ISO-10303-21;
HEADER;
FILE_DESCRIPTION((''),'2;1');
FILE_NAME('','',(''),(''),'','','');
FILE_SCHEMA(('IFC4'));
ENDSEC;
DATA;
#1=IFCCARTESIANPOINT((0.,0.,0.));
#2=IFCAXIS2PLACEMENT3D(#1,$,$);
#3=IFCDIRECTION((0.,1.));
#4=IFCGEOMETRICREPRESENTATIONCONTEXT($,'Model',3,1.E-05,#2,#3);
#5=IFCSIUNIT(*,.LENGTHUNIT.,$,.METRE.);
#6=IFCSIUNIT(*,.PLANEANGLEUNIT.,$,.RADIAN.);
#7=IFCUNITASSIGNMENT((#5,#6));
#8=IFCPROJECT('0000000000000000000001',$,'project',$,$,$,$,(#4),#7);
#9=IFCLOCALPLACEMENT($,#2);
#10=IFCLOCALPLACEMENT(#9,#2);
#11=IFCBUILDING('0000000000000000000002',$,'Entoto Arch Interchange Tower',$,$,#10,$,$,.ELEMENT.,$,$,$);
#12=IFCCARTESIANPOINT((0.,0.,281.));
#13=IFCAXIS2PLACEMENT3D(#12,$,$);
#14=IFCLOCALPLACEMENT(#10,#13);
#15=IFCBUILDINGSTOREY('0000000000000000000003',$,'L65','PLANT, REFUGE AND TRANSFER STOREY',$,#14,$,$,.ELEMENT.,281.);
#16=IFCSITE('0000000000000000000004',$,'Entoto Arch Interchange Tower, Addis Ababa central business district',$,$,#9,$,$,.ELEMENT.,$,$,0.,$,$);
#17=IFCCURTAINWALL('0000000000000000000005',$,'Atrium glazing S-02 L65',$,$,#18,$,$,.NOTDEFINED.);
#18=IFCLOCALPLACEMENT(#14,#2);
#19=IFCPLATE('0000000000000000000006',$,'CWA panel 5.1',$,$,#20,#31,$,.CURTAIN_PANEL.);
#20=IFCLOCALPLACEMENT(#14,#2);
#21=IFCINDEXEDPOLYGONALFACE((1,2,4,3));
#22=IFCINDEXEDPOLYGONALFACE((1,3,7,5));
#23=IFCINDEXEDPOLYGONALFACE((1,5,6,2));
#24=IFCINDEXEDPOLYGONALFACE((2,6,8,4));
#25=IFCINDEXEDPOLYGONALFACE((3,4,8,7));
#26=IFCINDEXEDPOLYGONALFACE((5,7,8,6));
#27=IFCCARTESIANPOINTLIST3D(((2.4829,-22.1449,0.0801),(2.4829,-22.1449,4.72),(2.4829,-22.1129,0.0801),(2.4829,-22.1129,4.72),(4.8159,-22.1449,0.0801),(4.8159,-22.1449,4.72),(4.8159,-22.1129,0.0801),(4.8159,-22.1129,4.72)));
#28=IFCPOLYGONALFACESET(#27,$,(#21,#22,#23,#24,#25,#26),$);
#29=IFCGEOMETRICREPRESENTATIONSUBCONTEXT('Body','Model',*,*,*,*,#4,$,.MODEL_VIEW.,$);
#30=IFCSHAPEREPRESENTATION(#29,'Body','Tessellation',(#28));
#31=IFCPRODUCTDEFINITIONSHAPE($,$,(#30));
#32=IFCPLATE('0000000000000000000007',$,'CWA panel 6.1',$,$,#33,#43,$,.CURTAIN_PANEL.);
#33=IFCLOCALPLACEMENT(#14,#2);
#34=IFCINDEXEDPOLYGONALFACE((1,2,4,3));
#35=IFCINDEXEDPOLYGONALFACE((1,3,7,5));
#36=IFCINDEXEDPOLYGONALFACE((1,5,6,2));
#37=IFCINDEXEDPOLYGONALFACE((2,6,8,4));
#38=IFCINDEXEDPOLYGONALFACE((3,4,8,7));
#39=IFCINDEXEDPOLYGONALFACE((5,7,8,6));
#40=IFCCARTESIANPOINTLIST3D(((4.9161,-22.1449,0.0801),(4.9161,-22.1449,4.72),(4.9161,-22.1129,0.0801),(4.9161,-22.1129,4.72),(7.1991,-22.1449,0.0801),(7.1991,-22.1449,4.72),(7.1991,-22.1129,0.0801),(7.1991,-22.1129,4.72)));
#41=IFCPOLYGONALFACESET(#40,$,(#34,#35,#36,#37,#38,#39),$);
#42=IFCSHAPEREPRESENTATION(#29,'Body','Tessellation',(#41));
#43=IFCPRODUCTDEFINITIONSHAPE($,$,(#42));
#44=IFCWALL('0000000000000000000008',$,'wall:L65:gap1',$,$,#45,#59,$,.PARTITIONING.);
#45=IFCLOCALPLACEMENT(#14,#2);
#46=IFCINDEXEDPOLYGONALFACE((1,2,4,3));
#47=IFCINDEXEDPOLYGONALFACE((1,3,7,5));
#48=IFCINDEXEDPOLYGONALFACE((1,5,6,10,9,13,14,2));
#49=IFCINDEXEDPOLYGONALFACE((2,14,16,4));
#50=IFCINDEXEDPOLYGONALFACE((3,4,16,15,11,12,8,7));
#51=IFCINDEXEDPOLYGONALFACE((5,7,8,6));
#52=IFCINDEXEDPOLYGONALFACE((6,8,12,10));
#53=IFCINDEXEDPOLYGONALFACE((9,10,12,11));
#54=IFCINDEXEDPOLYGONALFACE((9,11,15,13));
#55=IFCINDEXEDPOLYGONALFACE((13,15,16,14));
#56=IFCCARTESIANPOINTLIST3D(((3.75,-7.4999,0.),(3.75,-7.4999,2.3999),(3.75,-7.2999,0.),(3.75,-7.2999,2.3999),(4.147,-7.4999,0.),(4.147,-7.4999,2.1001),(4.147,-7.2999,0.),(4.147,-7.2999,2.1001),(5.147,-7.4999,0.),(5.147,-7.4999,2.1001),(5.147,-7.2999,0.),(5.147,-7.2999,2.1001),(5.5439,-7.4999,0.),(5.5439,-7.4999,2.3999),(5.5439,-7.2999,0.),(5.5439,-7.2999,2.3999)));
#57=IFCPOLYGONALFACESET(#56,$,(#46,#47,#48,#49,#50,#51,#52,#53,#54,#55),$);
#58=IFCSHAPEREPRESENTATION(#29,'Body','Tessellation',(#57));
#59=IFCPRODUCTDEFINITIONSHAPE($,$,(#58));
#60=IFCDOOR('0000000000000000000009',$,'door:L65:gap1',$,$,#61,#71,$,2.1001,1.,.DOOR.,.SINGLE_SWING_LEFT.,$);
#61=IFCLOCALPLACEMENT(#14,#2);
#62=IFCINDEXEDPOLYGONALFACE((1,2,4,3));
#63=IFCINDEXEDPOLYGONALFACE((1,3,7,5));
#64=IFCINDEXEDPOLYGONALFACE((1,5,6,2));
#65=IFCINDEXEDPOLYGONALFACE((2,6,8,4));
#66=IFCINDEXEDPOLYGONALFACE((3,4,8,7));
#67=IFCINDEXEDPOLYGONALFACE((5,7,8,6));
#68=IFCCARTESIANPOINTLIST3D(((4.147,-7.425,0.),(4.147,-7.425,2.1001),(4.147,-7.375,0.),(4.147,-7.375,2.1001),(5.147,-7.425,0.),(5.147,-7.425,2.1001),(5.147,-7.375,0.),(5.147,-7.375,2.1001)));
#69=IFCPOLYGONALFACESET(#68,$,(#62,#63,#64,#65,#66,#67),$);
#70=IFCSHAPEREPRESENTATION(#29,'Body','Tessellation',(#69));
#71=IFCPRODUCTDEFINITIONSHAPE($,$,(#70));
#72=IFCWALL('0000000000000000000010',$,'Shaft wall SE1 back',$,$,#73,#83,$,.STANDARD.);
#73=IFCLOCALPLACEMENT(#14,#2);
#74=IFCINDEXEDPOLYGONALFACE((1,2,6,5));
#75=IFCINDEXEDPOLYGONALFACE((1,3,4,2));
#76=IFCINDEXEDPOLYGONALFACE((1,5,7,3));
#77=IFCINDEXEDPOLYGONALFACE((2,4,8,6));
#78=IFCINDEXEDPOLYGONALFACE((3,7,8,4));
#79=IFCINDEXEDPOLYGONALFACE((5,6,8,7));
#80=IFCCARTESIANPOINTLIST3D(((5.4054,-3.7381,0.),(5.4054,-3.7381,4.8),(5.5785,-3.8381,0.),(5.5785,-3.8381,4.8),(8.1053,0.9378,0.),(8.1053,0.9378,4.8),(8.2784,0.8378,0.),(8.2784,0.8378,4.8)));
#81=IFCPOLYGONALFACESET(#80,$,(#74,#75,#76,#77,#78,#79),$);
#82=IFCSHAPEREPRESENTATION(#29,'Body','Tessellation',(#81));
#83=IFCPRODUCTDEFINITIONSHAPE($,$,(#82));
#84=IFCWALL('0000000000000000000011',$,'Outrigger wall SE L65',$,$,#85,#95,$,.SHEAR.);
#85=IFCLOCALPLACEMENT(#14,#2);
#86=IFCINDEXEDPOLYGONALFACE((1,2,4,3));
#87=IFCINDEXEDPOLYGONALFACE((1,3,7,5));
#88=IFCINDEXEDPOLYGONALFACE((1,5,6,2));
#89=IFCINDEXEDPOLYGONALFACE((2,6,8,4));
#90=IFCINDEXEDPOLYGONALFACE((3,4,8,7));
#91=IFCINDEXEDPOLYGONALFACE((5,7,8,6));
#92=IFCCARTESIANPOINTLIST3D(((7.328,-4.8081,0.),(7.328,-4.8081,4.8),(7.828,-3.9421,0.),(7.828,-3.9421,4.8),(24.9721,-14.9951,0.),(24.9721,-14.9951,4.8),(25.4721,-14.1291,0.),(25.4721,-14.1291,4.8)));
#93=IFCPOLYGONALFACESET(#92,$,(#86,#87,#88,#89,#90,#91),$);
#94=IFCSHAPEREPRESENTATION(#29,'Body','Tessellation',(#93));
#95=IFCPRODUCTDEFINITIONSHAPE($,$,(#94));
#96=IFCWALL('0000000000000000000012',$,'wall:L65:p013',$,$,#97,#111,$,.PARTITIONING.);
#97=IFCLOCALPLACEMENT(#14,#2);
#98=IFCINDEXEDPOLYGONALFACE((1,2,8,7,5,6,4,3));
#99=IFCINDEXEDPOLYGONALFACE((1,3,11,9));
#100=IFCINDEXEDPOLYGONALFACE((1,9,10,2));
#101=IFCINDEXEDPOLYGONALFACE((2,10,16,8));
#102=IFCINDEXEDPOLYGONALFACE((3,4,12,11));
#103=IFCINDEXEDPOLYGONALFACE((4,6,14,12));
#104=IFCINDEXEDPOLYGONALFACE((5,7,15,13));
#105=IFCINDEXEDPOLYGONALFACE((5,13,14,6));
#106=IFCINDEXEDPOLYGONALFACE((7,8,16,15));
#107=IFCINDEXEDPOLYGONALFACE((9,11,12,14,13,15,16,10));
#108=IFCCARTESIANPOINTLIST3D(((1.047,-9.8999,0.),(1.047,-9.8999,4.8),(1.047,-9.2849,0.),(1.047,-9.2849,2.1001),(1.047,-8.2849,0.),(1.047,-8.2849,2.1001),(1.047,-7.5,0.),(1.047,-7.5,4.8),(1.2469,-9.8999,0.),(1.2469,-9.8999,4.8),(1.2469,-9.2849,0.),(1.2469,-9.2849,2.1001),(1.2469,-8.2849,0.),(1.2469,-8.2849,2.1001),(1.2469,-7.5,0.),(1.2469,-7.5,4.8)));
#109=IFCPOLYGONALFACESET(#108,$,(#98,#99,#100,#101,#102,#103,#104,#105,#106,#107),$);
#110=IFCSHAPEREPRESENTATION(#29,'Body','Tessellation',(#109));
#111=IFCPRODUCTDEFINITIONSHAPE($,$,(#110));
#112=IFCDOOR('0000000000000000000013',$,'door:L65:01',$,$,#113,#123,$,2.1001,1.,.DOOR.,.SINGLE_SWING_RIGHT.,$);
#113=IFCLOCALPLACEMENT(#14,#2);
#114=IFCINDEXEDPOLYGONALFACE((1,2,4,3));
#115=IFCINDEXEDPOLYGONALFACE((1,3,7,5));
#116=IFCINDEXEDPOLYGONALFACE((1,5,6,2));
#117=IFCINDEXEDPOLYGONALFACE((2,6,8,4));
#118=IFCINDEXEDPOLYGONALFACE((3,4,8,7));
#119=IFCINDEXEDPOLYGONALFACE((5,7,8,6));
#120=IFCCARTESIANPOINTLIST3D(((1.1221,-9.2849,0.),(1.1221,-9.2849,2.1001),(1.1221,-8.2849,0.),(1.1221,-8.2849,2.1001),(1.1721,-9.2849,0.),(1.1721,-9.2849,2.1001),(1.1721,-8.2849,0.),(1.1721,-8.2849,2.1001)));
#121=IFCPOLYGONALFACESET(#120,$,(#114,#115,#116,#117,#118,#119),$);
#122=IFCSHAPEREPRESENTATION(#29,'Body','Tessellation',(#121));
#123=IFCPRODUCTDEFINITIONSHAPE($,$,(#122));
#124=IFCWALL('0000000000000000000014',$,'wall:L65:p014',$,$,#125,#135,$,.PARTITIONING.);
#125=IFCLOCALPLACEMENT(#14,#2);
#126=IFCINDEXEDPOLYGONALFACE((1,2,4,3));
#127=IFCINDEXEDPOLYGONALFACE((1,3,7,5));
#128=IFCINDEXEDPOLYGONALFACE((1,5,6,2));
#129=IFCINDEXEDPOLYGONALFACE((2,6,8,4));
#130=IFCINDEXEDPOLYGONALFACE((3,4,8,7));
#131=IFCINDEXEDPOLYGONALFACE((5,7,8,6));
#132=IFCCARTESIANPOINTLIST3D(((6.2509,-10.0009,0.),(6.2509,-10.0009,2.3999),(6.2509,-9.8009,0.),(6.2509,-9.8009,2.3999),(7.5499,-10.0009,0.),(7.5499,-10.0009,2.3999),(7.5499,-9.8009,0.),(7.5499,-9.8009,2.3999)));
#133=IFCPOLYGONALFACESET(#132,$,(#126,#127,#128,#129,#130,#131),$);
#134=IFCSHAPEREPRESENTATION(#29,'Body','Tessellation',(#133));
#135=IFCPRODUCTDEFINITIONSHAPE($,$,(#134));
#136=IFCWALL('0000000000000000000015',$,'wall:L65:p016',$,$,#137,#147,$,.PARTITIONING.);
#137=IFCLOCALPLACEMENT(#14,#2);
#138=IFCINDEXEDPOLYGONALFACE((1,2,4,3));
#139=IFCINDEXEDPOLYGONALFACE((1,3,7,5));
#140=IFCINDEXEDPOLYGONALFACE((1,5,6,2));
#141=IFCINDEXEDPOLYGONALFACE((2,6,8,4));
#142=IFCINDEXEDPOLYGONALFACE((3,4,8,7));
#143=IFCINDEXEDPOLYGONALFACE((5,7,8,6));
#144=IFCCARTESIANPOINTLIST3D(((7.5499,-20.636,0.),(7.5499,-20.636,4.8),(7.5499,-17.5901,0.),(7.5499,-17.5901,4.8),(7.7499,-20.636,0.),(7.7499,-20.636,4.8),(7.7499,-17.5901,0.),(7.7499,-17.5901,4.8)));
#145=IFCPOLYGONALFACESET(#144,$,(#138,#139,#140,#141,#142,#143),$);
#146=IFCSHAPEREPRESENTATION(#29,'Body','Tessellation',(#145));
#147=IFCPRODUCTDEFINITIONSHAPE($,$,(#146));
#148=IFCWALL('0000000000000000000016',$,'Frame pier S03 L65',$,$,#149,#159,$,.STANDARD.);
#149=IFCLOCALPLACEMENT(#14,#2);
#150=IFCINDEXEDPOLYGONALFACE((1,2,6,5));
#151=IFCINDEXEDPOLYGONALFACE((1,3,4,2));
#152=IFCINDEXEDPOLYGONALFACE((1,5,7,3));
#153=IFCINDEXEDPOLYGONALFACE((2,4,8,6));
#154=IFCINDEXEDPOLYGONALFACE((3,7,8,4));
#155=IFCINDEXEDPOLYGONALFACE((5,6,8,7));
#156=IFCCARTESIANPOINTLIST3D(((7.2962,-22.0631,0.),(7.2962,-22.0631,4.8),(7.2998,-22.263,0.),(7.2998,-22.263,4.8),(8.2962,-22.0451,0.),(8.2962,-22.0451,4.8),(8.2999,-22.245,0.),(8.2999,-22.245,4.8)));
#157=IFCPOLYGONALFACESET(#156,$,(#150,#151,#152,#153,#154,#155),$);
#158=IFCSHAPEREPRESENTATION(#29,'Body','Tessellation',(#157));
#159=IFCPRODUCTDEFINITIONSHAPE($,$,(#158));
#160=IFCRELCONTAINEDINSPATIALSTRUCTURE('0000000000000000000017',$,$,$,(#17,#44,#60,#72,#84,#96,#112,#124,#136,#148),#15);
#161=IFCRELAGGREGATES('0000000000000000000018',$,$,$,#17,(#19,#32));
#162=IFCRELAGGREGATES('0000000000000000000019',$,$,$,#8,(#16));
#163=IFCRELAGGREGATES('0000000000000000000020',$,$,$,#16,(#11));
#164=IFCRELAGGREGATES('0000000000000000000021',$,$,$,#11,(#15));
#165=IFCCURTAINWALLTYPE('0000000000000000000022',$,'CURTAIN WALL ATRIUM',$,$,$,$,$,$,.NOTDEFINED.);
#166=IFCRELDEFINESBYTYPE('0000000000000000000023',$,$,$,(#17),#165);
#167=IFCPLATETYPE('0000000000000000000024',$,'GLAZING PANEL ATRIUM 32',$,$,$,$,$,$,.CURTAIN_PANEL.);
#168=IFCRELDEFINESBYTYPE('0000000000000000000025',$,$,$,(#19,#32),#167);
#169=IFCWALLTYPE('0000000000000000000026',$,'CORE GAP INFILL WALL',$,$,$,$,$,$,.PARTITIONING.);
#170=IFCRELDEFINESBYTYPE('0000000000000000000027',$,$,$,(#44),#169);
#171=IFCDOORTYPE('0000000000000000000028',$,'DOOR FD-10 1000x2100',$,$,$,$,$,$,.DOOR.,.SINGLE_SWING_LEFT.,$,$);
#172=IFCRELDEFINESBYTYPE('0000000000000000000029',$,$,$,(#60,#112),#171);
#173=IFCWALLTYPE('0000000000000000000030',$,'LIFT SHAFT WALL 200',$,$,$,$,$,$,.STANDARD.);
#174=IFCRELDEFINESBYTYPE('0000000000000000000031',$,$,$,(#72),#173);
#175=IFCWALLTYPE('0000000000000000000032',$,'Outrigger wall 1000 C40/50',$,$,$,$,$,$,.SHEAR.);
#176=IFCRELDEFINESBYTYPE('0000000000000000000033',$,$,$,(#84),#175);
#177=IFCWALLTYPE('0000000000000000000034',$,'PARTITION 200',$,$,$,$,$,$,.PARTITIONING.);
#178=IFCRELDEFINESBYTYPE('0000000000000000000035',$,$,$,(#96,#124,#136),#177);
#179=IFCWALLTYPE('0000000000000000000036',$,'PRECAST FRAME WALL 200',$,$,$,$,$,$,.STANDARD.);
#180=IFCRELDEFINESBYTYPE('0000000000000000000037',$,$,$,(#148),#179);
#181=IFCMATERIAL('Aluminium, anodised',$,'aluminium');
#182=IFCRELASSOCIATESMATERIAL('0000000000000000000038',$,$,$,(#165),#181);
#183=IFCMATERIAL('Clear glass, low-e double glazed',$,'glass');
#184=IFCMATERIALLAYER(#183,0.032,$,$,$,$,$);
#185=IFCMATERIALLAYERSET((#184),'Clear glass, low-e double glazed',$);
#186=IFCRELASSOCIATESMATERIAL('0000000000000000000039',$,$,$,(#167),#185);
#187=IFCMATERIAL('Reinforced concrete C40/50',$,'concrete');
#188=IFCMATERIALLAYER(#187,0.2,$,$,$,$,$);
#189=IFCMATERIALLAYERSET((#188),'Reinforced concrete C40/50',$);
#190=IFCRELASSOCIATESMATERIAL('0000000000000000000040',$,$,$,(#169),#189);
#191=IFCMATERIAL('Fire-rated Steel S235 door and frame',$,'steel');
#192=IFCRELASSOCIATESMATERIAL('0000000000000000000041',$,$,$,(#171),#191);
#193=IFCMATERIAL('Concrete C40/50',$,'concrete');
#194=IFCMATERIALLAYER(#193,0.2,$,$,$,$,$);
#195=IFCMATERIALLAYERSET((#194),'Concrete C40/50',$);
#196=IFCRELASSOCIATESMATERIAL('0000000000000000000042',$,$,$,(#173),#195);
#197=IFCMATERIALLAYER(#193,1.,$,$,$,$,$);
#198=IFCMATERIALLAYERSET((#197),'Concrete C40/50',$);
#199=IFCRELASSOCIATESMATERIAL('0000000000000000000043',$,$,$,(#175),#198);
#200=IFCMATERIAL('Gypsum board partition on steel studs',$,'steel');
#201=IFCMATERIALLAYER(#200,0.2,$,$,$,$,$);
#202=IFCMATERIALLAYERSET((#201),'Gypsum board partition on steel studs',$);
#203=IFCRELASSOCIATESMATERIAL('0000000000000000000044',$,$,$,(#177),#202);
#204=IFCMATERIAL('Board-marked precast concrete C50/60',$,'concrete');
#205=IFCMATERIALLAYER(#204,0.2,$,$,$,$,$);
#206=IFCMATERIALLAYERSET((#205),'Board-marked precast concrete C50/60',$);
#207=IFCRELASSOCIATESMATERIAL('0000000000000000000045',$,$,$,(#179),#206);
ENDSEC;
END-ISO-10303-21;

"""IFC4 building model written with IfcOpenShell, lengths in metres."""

from ifc_helpers import new_model, si_unit, direction, frame, frame_2d, origin, origin_2d, place, context, subcontext, project, spatial, rectangle, extrude, material, layer, layer_set, type_object, element, fill, aggregate, save


model = new_model("IFC4")

# Units and contexts
model_context = context("Model", 3, precision=1e-05, world=origin(), true_north=direction((0.0, 1.0)))
body_context = subcontext(model_context, "Body", "Model", "MODEL_VIEW")
ifc_project = project(units=[si_unit("LENGTHUNIT", "METRE"), si_unit("PLANEANGLEUNIT", "RADIAN")], contexts=[model_context])

# Site, building, storey
site_placement = place(None, origin())
site = spatial("IfcSite", under=ifc_project, at=site_placement, Name="Entoto Arch Interchange Tower, Addis Ababa central business district", CompositionType="ELEMENT", RefElevation=0.0)
building_placement = place(site_placement, origin())
building = spatial("IfcBuilding", under=site, at=building_placement, Name="Entoto Arch Interchange Tower", CompositionType="ELEMENT")
storey_placement = place(building_placement, frame((0.0, 0.0, 281.0)))
storey = spatial("IfcBuildingStorey", under=building, at=storey_placement, Name="L65", Description="PLANT, REFUGE AND TRANSFER STOREY", CompositionType="ELEMENT", Elevation=281.0)

# Shared definitions
ifc_material_1 = material(Name="Concrete C40/50", Category="concrete")

# Curtain wall
ifc_material_2 = material(Name="Aluminium, anodised", Category="aluminium")
curtain_wall_type = type_object("IfcCurtainWallType", Name="CURTAIN WALL ATRIUM", PredefinedType="NOTDEFINED", material=ifc_material_2)
curtain_wall_placement = place(storey_placement, origin())
curtain_wall = element("IfcCurtainWall", 1, at=curtain_wall_placement, inside=storey, type_object=curtain_wall_type, Name="Atrium glazing S-02 L65", PredefinedType="NOTDEFINED")

# Plates
ifc_material_3 = material(Name="Clear glass, low-e double glazed", Category="glass")
ifc_layer_1 = layer(ifc_material_3, 0.032)
ifc_layer_set_1 = layer_set([ifc_layer_1], Name="Clear glass, low-e double glazed")
plate_type = type_object("IfcPlateType", Name="GLAZING PANEL ATRIUM 32", PredefinedType="CURTAIN_PANEL", material=ifc_layer_set_1)
plate_1_placement = place(storey_placement, frame((3.6494, -22.1289, 0.0801), z_axis=(0.0, 0.0, 1.0), x_axis=(1.0, 0.0, 0.0)))
plate_1 = element("IfcPlate", 2, at=plate_1_placement, type_object=plate_type, Name="CWA panel 5.1", PredefinedType="CURTAIN_PANEL", context=body_context, shape_type="SweptSolid", body=[
    extrude(rectangle(XDim=2.333, YDim=0.032, at=origin_2d()), origin(), (0.0, 0.0, 1.0), 4.6399),
])
plate_2_placement = place(storey_placement, frame((6.0576, -22.1289, 0.0801), z_axis=(0.0, 0.0, 1.0), x_axis=(1.0, 0.0, 0.0)))
plate_2 = element("IfcPlate", 3, at=plate_2_placement, type_object=plate_type, Name="CWA panel 6.1", PredefinedType="CURTAIN_PANEL", context=body_context, shape_type="SweptSolid", body=[
    extrude(rectangle(XDim=2.283, YDim=0.032, at=origin_2d()), origin(), (0.0, 0.0, 1.0), 4.6399),
])
aggregate(curtain_wall, [plate_1, plate_2])

# Wall, opening, door
ifc_material_4 = material(Name="Reinforced concrete C40/50", Category="concrete")
ifc_layer_2 = layer(ifc_material_4, 0.2)
ifc_layer_set_2 = layer_set([ifc_layer_2], Name="Reinforced concrete C40/50")
wall_type_1 = type_object("IfcWallType", Name="CORE GAP INFILL WALL", PredefinedType="PARTITIONING", material=ifc_layer_set_2)
wall_1_placement = place(storey_placement, frame((3.75, -7.3999, 0.0), z_axis=(0.0, 0.0, 1.0), x_axis=(1.0, 0.0, 0.0)))
wall_1 = element("IfcWall", 4, at=wall_1_placement, inside=storey, type_object=wall_type_1, Name="wall:L65:gap1", PredefinedType="PARTITIONING", context=body_context, shape_type="SweptSolid", body=[
    extrude(rectangle(XDim=1.7939, YDim=0.2, at=frame_2d((0.897, 0.0))), origin(), (0.0, 0.0, 1.0), 2.3999),
])
opening_1_placement = place(wall_1_placement, frame((0.397, 0.0, 0.0)))
opening_1 = element("IfcOpeningElement", 5, at=opening_1_placement, cuts=wall_1, PredefinedType="OPENING", context=body_context, shape_type="SweptSolid", body=[
    extrude(rectangle(XDim=1.0, YDim=2.1001, at=frame_2d((0.5, 1.05))), frame((0.0, 0.1099, 0.0), z_axis=(0.0, -1.0, 0.0), x_axis=(1.0, 0.0, 0.0)), (0.0, 0.0, 1.0), 0.22),
])
ifc_material_5 = material(Name="Fire-rated Steel S235 door and frame", Category="steel")
door_type = type_object("IfcDoorType", Name="DOOR FD-10 1000x2100", OperationType="SINGLE_SWING_LEFT", PredefinedType="DOOR", material=ifc_material_5)
door_1_placement = place(opening_1_placement, origin())
door_1 = element("IfcDoor", 6, at=door_1_placement, inside=storey, type_object=door_type, Name="door:L65:gap1", OperationType="SINGLE_SWING_LEFT", OverallHeight=2.1001, OverallWidth=1.0, PredefinedType="DOOR", context=body_context, shape_type="SweptSolid", body=[
    extrude(rectangle(XDim=1.0, YDim=2.1001, at=frame_2d((0.5, 1.05))), frame((0.0, 0.0249, 0.0), z_axis=(0.0, -1.0, 0.0), x_axis=(1.0, 0.0, 0.0)), (0.0, 0.0, 1.0), 0.05),
])
fill(opening_1, door_1)

# Walls
ifc_layer_3 = layer(ifc_material_1, 0.2)
ifc_layer_set_3 = layer_set([ifc_layer_3], Name="Concrete C40/50")
wall_type_2 = type_object("IfcWallType", Name="LIFT SHAFT WALL 200", PredefinedType="STANDARD", material=ifc_layer_set_3)
wall_2_placement = place(storey_placement, frame((5.4919, -3.7881, 0.0), z_axis=(0.0, 0.0, 1.0), x_axis=(0.500034, 0.866006, 0.0)))
element("IfcWall", 7, at=wall_2_placement, inside=storey, type_object=wall_type_2, Name="Shaft wall SE1 back", PredefinedType="STANDARD", context=body_context, shape_type="SweptSolid", body=[
    extrude(rectangle(XDim=5.3994, YDim=0.2, at=frame_2d((2.6997, 0.0))), origin(), (0.0, 0.0, 1.0), 4.8),
])
ifc_layer_4 = layer(ifc_material_1, 1.0)
ifc_layer_set_4 = layer_set([ifc_layer_4], Name="Concrete C40/50")
wall_type_3 = type_object("IfcWallType", Name="Outrigger wall 1000 C40/50", PredefinedType="SHEAR", material=ifc_layer_set_4)
wall_3_placement = place(storey_placement, frame((7.5779, -4.375, 0.0), z_axis=(0.0, 0.0, 1.0), x_axis=(0.866021, -0.500008, 0.0)))
element("IfcWall", 8, at=wall_3_placement, inside=storey, type_object=wall_type_3, Name="Outrigger wall SE L65", PredefinedType="SHEAR", context=body_context, shape_type="SweptSolid", body=[
    extrude(rectangle(XDim=20.3738, YDim=1.0, at=frame_2d((10.187, 0.0))), origin(), (0.0, 0.0, 1.0), 4.8),
])

# Wall, opening, door
ifc_material_6 = material(Name="Gypsum board partition on steel studs", Category="steel")
ifc_layer_5 = layer(ifc_material_6, 0.2)
ifc_layer_set_5 = layer_set([ifc_layer_5], Name="Gypsum board partition on steel studs")
wall_type_4 = type_object("IfcWallType", Name="PARTITION 200", PredefinedType="PARTITIONING", material=ifc_layer_set_5)
wall_4_placement = place(storey_placement, frame((1.147, -9.8999, 0.0), z_axis=(0.0, 0.0, 1.0), x_axis=(0.0, 1.0, 0.0)))
wall_4 = element("IfcWall", 9, at=wall_4_placement, inside=storey, type_object=wall_type_4, Name="wall:L65:p013", PredefinedType="PARTITIONING", context=body_context, shape_type="SweptSolid", body=[
    extrude(rectangle(XDim=2.3999, YDim=0.2, at=frame_2d((1.2, 0.0))), origin(), (0.0, 0.0, 1.0), 4.8),
])
opening_2_placement = place(wall_4_placement, frame((0.615, 0.0, 0.0)))
opening_2 = element("IfcOpeningElement", 10, at=opening_2_placement, cuts=wall_4, PredefinedType="OPENING", context=body_context, shape_type="SweptSolid", body=[
    extrude(rectangle(XDim=1.0, YDim=2.1001, at=frame_2d((0.5, 1.05))), frame((0.0, 0.1099, 0.0), z_axis=(0.0, -1.0, 0.0), x_axis=(1.0, 0.0, 0.0)), (0.0, 0.0, 1.0), 0.22),
])
door_2_placement = place(opening_2_placement, origin())
door_2 = element("IfcDoor", 11, at=door_2_placement, inside=storey, type_object=door_type, Name="door:L65:01", OperationType="SINGLE_SWING_RIGHT", OverallHeight=2.1001, OverallWidth=1.0, PredefinedType="DOOR", context=body_context, shape_type="SweptSolid", body=[
    extrude(rectangle(XDim=1.0, YDim=2.1001, at=frame_2d((0.5, 1.05))), frame((0.0, 0.0249, 0.0), z_axis=(0.0, -1.0, 0.0), x_axis=(1.0, 0.0, 0.0)), (0.0, 0.0, 1.0), 0.05),
])
fill(opening_2, door_2)

# Walls
wall_5_placement = place(storey_placement, frame((6.251, -9.9009, 0.0), z_axis=(0.0, 0.0, 1.0), x_axis=(1.0, 0.0, 0.0)))
element("IfcWall", 12, at=wall_5_placement, inside=storey, type_object=wall_type_4, Name="wall:L65:p014", PredefinedType="PARTITIONING", context=body_context, shape_type="SweptSolid", body=[
    extrude(rectangle(XDim=1.2991, YDim=0.2, at=frame_2d((0.6494, 0.0))), origin(), (0.0, 0.0, 1.0), 2.3999),
])
wall_6_placement = place(storey_placement, frame((7.6499, -17.5901, 0.0), z_axis=(0.0, 0.0, 1.0), x_axis=(0.0, -1.0, 0.0)))
element("IfcWall", 13, at=wall_6_placement, inside=storey, type_object=wall_type_4, Name="wall:L65:p016", PredefinedType="PARTITIONING", context=body_context, shape_type="SweptSolid", body=[
    extrude(rectangle(XDim=3.0459, YDim=0.2, at=frame_2d((1.5229, 0.0))), origin(), (0.0, 0.0, 1.0), 4.8),
])
ifc_material_7 = material(Name="Board-marked precast concrete C50/60", Category="concrete")
ifc_layer_6 = layer(ifc_material_7, 0.2)
ifc_layer_set_6 = layer_set([ifc_layer_6], Name="Board-marked precast concrete C50/60")
wall_type_5 = type_object("IfcWallType", Name="PRECAST FRAME WALL 200", PredefinedType="STANDARD", material=ifc_layer_set_6)
wall_7_placement = place(storey_placement, frame((7.2981, -22.1631, 0.0), z_axis=(0.0, 0.0, 1.0), x_axis=(0.999837, 0.018063, 0.0)))
element("IfcWall", 14, at=wall_7_placement, inside=storey, type_object=wall_type_5, Name="Frame pier S03 L65", PredefinedType="STANDARD", context=body_context, shape_type="SweptSolid", body=[
    extrude(rectangle(XDim=1.0002, YDim=0.2, at=frame_2d((0.5, 0.0))), origin(), (0.0, 0.0, 1.0), 4.8),
])

save(model, "model.ifc")
